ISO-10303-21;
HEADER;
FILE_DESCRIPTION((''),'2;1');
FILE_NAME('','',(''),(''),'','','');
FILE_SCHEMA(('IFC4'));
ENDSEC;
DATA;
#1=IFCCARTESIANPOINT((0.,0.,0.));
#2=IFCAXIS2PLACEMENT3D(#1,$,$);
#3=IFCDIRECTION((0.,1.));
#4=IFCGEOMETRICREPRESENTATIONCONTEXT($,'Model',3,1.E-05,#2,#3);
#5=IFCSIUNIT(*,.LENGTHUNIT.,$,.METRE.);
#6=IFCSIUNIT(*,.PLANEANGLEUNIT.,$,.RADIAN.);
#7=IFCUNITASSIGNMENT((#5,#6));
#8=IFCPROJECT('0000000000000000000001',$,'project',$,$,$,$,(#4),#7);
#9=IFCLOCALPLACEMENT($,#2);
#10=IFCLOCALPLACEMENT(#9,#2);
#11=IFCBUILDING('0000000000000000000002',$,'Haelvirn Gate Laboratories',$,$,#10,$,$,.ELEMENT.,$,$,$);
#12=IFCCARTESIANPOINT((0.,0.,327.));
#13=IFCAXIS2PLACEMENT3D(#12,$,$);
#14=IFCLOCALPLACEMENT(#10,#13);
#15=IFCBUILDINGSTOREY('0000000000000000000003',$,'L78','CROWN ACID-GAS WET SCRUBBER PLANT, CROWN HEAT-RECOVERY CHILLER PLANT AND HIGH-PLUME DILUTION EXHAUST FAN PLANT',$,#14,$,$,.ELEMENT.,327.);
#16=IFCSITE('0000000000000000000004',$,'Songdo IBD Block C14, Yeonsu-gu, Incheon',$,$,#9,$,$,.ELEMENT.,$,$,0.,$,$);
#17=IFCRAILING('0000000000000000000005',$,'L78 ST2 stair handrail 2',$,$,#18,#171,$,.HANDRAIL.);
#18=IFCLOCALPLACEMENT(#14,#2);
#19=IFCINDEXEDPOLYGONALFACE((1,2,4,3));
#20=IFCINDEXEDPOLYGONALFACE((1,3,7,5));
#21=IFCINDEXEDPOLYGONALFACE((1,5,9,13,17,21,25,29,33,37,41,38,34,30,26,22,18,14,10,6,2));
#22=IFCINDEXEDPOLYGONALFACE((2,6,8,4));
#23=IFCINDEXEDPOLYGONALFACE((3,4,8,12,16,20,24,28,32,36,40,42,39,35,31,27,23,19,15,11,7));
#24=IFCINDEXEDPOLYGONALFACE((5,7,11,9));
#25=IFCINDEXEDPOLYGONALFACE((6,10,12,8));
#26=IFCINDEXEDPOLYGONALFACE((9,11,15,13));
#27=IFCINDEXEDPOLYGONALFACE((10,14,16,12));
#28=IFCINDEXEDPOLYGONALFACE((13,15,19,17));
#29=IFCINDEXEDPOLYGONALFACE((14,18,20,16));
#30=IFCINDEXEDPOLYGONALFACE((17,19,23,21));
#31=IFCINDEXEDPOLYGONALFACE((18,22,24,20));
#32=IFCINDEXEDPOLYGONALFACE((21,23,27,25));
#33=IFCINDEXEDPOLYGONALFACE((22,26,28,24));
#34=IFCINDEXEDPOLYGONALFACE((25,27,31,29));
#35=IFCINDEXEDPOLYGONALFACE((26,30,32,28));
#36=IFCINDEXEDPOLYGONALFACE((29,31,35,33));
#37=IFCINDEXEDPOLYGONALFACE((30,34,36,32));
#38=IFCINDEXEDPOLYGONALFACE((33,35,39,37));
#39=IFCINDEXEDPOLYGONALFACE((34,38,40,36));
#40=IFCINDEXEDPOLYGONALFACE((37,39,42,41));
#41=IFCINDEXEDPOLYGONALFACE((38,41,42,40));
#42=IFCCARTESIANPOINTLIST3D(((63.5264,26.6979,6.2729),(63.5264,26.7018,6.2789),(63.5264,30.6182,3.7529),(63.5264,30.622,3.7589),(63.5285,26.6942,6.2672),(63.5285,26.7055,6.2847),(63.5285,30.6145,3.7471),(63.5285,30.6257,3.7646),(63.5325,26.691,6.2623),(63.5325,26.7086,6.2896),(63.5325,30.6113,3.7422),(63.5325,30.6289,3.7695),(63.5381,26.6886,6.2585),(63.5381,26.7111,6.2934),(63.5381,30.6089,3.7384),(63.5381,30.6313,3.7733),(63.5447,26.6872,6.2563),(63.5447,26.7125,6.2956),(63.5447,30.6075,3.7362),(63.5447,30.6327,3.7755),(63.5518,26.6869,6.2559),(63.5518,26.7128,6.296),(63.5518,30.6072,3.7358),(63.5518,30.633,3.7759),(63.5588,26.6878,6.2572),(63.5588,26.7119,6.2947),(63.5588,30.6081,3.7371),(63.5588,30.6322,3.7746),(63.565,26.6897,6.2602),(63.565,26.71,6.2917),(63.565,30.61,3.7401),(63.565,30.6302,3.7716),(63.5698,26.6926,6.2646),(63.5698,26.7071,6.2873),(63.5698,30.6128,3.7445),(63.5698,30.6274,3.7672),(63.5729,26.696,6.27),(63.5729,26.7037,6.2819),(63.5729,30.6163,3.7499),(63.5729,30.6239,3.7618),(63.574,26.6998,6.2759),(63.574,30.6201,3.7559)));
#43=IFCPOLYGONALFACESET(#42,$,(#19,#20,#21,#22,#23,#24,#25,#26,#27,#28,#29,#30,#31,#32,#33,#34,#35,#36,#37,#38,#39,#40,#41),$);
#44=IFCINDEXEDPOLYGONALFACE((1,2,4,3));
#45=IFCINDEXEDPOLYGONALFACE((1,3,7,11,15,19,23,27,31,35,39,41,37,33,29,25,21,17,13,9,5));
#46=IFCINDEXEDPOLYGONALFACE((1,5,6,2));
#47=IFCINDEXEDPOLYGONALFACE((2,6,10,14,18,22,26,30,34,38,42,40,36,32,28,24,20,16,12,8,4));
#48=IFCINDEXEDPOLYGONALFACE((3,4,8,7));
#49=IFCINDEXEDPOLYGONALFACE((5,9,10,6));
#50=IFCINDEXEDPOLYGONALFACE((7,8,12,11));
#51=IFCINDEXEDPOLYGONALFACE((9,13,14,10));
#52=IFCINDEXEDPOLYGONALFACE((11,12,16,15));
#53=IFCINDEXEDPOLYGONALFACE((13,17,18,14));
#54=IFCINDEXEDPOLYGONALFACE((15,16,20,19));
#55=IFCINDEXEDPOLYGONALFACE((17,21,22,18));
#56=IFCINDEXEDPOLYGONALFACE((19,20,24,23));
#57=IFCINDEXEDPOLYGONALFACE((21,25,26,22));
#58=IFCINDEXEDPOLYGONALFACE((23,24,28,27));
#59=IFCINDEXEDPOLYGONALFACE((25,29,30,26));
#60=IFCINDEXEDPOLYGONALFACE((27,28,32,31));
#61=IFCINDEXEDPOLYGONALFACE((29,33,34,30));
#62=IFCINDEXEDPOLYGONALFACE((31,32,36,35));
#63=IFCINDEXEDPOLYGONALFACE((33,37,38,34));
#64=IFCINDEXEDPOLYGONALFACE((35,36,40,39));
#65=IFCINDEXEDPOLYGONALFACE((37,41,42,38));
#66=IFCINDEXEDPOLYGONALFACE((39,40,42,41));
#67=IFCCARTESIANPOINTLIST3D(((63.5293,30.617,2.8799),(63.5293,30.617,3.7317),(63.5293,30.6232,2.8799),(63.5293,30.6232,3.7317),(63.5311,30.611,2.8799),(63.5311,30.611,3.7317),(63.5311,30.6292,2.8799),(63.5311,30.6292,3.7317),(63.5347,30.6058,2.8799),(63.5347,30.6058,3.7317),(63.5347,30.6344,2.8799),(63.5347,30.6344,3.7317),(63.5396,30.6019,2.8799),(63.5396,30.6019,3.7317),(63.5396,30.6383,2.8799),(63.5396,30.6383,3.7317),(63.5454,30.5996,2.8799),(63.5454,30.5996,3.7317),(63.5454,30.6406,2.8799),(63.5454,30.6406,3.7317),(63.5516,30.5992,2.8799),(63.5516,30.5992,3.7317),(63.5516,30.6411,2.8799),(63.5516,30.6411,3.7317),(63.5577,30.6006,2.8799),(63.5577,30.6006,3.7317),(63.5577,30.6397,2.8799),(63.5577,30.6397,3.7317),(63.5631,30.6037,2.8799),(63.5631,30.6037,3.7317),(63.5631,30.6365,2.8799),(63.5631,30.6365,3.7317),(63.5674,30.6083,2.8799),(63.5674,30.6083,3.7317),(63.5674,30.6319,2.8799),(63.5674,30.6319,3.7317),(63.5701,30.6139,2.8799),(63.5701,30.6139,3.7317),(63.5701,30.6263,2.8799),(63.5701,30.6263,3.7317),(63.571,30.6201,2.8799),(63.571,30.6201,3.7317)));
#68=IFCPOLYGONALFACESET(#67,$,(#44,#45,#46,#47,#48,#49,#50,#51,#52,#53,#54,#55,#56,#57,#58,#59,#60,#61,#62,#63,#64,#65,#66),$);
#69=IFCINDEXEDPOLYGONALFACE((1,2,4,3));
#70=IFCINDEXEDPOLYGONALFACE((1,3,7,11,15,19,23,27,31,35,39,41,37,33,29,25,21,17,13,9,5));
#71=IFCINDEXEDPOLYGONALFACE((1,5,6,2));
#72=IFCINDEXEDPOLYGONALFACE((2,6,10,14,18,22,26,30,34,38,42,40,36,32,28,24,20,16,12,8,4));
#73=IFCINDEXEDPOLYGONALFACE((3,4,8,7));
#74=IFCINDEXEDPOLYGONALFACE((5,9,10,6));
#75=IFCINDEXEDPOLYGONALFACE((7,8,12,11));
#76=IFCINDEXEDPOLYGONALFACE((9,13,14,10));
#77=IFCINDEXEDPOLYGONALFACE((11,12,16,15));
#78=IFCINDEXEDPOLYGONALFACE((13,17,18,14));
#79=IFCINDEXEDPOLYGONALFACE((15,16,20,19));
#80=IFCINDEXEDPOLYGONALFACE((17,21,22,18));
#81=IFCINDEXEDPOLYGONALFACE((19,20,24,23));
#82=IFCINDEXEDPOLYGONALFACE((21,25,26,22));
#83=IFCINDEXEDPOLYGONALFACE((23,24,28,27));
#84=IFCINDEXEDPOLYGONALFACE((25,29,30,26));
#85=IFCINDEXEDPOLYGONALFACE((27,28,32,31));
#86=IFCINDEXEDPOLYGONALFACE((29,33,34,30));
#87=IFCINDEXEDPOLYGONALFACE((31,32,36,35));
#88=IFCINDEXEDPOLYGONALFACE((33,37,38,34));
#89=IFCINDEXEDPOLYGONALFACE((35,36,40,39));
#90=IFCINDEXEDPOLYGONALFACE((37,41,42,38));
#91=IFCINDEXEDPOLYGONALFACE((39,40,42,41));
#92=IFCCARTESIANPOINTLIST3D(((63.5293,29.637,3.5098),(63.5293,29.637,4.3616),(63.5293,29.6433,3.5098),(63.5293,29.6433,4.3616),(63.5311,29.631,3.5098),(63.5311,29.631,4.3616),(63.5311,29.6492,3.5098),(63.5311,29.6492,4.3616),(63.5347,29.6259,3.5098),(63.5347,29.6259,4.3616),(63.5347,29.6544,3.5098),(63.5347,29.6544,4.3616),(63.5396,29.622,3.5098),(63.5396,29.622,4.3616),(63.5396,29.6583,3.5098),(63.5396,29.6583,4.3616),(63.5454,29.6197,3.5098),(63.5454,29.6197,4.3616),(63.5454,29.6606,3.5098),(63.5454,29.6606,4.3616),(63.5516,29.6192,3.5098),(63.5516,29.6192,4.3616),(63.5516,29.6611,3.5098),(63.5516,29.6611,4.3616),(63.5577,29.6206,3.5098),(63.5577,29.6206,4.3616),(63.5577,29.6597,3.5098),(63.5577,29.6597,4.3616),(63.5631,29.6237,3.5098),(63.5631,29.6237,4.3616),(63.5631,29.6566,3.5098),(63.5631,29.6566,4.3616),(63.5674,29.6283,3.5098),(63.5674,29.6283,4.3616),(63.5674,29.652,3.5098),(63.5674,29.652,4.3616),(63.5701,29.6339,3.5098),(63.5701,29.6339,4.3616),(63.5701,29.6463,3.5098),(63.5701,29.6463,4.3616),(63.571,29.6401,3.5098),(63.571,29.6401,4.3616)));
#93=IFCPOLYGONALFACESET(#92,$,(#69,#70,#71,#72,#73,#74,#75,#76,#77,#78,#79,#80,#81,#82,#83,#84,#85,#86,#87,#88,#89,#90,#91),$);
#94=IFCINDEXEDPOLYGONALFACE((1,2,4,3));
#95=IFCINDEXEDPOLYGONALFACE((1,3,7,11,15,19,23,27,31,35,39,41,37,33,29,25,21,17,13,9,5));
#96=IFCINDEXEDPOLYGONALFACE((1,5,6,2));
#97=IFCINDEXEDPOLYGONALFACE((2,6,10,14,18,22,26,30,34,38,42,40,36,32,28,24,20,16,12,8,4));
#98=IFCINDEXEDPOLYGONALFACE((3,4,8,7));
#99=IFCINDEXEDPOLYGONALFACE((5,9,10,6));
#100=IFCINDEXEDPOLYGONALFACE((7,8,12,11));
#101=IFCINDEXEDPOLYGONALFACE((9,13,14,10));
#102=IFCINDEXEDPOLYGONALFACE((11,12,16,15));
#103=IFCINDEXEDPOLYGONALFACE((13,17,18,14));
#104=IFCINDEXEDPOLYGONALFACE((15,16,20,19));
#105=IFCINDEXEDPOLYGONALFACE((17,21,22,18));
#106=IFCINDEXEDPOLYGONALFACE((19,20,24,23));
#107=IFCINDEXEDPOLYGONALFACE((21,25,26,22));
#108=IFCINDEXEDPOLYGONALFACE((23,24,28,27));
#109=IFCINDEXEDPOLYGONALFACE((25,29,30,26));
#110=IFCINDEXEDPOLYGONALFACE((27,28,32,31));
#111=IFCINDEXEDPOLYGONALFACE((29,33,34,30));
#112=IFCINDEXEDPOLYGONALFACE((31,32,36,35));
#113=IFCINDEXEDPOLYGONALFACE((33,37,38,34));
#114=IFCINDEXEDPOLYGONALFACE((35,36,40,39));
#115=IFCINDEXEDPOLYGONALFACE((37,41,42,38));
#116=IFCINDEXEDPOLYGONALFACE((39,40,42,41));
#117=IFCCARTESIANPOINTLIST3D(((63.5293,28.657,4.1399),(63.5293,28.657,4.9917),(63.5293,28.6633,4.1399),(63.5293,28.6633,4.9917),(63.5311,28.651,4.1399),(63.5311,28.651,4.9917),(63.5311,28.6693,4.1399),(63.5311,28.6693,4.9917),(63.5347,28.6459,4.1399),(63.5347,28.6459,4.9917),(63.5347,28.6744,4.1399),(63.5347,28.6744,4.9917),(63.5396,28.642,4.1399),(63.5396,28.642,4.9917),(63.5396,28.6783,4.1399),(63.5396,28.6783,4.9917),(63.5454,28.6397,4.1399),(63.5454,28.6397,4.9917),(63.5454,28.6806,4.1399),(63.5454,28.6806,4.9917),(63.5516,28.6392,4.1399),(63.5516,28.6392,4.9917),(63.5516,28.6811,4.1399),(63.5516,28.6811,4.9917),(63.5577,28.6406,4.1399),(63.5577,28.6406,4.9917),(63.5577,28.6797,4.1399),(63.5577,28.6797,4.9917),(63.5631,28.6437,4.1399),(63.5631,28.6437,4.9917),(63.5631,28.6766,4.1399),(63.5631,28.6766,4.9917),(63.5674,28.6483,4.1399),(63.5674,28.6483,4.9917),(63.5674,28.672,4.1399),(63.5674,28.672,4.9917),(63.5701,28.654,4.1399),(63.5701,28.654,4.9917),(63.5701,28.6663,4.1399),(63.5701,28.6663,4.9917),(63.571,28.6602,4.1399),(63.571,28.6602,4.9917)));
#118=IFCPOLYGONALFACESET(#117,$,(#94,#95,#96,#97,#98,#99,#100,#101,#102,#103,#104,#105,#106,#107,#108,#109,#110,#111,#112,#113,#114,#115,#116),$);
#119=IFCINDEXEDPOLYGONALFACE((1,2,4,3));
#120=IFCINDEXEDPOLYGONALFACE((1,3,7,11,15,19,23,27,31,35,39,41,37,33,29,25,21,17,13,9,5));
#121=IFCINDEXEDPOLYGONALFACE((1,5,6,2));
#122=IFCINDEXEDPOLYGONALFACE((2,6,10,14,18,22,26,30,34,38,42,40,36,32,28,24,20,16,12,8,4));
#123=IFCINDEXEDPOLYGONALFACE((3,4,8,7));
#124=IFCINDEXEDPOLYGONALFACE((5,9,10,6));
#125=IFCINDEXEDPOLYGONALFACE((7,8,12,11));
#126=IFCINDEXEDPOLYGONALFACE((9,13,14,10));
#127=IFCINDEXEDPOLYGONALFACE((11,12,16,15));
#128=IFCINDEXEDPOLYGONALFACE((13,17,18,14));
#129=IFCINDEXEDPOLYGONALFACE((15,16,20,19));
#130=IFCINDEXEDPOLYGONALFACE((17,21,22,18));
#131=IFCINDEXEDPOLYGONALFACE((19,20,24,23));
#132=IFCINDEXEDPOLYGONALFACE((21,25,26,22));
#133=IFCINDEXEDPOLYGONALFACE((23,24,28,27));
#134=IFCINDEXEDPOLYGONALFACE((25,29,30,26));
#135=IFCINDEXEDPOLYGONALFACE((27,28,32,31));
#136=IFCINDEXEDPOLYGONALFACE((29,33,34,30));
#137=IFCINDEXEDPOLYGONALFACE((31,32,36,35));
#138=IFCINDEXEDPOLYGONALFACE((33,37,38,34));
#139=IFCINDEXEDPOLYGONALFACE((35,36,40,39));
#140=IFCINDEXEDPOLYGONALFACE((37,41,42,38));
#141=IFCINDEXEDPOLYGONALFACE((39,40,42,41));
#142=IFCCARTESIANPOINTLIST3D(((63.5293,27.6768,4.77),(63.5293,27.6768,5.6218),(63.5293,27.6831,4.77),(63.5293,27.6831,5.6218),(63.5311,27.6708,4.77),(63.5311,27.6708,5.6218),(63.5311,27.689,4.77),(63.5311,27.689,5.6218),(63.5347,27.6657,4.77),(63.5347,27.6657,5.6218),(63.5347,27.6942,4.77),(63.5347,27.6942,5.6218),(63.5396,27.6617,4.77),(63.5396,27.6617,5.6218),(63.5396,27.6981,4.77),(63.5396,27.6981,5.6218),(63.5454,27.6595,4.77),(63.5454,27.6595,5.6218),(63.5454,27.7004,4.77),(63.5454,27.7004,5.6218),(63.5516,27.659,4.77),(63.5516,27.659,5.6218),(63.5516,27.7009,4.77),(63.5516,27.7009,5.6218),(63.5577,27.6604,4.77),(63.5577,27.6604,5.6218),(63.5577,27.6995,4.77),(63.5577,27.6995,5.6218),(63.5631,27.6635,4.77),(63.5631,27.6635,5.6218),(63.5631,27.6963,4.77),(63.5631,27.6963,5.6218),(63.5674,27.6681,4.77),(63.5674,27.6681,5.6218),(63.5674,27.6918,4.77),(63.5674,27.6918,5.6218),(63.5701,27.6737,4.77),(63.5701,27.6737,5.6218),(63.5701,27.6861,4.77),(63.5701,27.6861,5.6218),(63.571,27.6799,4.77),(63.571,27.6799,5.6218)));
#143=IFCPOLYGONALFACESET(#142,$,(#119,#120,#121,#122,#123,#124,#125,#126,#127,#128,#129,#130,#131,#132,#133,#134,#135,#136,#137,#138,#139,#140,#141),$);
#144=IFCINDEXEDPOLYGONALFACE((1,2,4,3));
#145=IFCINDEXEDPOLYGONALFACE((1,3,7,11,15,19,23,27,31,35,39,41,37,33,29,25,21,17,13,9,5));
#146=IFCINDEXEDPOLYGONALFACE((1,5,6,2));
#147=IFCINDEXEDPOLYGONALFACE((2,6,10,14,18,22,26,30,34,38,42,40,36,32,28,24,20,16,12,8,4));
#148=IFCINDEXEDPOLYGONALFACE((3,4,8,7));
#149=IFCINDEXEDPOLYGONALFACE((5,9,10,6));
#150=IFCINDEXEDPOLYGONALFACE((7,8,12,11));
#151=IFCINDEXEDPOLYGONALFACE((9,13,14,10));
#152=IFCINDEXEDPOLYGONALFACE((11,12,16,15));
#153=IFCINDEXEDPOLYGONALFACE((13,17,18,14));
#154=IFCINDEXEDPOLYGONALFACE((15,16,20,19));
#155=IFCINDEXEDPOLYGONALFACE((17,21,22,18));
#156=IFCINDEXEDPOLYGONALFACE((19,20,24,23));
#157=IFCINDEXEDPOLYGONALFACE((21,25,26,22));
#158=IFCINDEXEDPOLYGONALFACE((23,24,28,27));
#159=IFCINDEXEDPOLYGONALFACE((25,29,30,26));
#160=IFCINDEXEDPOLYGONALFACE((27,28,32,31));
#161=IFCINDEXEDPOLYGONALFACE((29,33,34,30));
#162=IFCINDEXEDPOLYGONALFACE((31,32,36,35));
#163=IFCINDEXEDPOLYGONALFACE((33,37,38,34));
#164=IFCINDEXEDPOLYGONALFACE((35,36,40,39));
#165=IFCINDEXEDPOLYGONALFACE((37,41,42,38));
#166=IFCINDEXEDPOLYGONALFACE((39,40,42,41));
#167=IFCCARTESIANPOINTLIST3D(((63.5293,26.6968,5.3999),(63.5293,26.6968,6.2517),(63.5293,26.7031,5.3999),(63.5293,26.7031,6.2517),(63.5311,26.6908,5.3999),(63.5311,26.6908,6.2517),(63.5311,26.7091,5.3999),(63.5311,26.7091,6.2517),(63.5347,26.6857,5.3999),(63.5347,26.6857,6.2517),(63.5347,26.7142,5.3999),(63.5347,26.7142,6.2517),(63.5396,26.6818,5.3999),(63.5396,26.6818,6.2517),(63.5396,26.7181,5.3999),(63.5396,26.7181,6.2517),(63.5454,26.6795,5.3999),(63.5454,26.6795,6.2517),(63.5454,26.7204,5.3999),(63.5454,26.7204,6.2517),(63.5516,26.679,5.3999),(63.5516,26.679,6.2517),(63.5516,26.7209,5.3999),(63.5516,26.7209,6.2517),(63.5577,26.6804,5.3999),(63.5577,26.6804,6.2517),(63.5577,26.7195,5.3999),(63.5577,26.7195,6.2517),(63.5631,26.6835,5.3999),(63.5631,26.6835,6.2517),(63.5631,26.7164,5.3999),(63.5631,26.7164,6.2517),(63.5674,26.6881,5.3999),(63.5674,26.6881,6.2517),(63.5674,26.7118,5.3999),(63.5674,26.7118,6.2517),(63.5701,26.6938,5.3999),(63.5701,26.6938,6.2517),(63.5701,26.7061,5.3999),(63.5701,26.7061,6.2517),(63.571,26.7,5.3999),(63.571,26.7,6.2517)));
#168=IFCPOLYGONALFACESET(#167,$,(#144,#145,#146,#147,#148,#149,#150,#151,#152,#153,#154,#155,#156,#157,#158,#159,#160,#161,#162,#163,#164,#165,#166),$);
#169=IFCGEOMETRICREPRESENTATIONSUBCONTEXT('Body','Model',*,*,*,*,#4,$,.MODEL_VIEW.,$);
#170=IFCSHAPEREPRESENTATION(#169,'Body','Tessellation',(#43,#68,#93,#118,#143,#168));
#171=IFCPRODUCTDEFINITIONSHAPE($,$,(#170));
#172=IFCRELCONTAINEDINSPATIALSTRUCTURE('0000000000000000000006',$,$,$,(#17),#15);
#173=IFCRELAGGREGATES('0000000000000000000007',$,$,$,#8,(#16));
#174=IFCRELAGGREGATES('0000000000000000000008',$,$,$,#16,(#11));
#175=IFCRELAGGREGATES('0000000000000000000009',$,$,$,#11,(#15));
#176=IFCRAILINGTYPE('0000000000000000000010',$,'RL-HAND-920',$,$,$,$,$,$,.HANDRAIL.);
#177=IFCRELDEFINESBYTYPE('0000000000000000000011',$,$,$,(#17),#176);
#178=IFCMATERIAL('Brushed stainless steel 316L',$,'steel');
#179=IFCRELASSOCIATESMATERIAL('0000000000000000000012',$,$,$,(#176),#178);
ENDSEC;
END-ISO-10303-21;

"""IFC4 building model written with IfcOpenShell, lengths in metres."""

from ifc_helpers import new_model, si_unit, direction, frame, origin, origin_2d, place, context, subcontext, project, spatial, circle, extrude, source, transform, mapped, material, type_object, element, save


model = new_model("IFC4")

# Units and contexts
model_context = context("Model", 3, precision=1e-05, world=origin(), true_north=direction((0.0, 1.0)))
body_context = subcontext(model_context, "Body", "Model", "MODEL_VIEW")
ifc_project = project(units=[si_unit("LENGTHUNIT", "METRE"), si_unit("PLANEANGLEUNIT", "RADIAN")], contexts=[model_context])

# Site, building, storey
site_placement = place(None, origin())
site = spatial("IfcSite", under=ifc_project, at=site_placement, Name="Songdo IBD Block C14, Yeonsu-gu, Incheon", CompositionType="ELEMENT", RefElevation=0.0)
building_placement = place(site_placement, origin())
building = spatial("IfcBuilding", under=site, at=building_placement, Name="Haelvirn Gate Laboratories", CompositionType="ELEMENT")
storey_placement = place(building_placement, frame((0.0, 0.0, 327.0)))
storey = spatial("IfcBuildingStorey", under=building, at=storey_placement, Name="L78", Description="CROWN ACID-GAS WET SCRUBBER PLANT, CROWN HEAT-RECOVERY CHILLER PLANT AND HIGH-PLUME DILUTION EXHAUST FAN PLANT", CompositionType="ELEMENT", Elevation=327.0)

# Railing
ifc_material_1 = material(Name="Brushed stainless steel 316L", Category="steel")
railing_type_1 = type_object("IfcRailingType", Name="RL-HAND-920", PredefinedType="HANDRAIL", material=ifc_material_1)
shared_shape_1 = source(origin(), body_context, "Body", "SweptSolid", [
    extrude(circle(Radius=0.0239, at=origin_2d()), frame((0.0, 0.0, 0.876), z_axis=(0.0, -0.841187, 0.540744), x_axis=(1.0, 0.0, 0.0)), (0.0, 0.0, 1.0), 4.6604),
    extrude(circle(Radius=0.021, at=origin_2d()), origin(), (0.0, 0.0, 1.0), 0.8518),
    extrude(circle(Radius=0.021, at=origin_2d()), frame((0.0, -0.98, 0.6299)), (0.0, 0.0, 1.0), 0.8518),
    extrude(circle(Radius=0.021, at=origin_2d()), frame((0.0, -1.96, 1.26)), (0.0, 0.0, 1.0), 0.8518),
    extrude(circle(Radius=0.021, at=origin_2d()), frame((0.0, -2.9402, 1.8901)), (0.0, 0.0, 1.0), 0.8518),
    extrude(circle(Radius=0.021, at=origin_2d()), frame((0.0, -3.9202, 2.52)), (0.0, 0.0, 1.0), 0.8518),
])
railing_1_placement = place(storey_placement, frame((63.55, 30.6201, 2.8799)))
element("IfcRailing", 1, at=railing_1_placement, inside=storey, type_object=railing_type_1, Name="L78 ST2 stair handrail 2", PredefinedType="HANDRAIL", context=body_context, shape_type="MappedRepresentation", body=[
    mapped(shared_shape_1, transform((0.0, 0.0, 0.0), scale=1.0)),
])

save(model, "model.ifc")
